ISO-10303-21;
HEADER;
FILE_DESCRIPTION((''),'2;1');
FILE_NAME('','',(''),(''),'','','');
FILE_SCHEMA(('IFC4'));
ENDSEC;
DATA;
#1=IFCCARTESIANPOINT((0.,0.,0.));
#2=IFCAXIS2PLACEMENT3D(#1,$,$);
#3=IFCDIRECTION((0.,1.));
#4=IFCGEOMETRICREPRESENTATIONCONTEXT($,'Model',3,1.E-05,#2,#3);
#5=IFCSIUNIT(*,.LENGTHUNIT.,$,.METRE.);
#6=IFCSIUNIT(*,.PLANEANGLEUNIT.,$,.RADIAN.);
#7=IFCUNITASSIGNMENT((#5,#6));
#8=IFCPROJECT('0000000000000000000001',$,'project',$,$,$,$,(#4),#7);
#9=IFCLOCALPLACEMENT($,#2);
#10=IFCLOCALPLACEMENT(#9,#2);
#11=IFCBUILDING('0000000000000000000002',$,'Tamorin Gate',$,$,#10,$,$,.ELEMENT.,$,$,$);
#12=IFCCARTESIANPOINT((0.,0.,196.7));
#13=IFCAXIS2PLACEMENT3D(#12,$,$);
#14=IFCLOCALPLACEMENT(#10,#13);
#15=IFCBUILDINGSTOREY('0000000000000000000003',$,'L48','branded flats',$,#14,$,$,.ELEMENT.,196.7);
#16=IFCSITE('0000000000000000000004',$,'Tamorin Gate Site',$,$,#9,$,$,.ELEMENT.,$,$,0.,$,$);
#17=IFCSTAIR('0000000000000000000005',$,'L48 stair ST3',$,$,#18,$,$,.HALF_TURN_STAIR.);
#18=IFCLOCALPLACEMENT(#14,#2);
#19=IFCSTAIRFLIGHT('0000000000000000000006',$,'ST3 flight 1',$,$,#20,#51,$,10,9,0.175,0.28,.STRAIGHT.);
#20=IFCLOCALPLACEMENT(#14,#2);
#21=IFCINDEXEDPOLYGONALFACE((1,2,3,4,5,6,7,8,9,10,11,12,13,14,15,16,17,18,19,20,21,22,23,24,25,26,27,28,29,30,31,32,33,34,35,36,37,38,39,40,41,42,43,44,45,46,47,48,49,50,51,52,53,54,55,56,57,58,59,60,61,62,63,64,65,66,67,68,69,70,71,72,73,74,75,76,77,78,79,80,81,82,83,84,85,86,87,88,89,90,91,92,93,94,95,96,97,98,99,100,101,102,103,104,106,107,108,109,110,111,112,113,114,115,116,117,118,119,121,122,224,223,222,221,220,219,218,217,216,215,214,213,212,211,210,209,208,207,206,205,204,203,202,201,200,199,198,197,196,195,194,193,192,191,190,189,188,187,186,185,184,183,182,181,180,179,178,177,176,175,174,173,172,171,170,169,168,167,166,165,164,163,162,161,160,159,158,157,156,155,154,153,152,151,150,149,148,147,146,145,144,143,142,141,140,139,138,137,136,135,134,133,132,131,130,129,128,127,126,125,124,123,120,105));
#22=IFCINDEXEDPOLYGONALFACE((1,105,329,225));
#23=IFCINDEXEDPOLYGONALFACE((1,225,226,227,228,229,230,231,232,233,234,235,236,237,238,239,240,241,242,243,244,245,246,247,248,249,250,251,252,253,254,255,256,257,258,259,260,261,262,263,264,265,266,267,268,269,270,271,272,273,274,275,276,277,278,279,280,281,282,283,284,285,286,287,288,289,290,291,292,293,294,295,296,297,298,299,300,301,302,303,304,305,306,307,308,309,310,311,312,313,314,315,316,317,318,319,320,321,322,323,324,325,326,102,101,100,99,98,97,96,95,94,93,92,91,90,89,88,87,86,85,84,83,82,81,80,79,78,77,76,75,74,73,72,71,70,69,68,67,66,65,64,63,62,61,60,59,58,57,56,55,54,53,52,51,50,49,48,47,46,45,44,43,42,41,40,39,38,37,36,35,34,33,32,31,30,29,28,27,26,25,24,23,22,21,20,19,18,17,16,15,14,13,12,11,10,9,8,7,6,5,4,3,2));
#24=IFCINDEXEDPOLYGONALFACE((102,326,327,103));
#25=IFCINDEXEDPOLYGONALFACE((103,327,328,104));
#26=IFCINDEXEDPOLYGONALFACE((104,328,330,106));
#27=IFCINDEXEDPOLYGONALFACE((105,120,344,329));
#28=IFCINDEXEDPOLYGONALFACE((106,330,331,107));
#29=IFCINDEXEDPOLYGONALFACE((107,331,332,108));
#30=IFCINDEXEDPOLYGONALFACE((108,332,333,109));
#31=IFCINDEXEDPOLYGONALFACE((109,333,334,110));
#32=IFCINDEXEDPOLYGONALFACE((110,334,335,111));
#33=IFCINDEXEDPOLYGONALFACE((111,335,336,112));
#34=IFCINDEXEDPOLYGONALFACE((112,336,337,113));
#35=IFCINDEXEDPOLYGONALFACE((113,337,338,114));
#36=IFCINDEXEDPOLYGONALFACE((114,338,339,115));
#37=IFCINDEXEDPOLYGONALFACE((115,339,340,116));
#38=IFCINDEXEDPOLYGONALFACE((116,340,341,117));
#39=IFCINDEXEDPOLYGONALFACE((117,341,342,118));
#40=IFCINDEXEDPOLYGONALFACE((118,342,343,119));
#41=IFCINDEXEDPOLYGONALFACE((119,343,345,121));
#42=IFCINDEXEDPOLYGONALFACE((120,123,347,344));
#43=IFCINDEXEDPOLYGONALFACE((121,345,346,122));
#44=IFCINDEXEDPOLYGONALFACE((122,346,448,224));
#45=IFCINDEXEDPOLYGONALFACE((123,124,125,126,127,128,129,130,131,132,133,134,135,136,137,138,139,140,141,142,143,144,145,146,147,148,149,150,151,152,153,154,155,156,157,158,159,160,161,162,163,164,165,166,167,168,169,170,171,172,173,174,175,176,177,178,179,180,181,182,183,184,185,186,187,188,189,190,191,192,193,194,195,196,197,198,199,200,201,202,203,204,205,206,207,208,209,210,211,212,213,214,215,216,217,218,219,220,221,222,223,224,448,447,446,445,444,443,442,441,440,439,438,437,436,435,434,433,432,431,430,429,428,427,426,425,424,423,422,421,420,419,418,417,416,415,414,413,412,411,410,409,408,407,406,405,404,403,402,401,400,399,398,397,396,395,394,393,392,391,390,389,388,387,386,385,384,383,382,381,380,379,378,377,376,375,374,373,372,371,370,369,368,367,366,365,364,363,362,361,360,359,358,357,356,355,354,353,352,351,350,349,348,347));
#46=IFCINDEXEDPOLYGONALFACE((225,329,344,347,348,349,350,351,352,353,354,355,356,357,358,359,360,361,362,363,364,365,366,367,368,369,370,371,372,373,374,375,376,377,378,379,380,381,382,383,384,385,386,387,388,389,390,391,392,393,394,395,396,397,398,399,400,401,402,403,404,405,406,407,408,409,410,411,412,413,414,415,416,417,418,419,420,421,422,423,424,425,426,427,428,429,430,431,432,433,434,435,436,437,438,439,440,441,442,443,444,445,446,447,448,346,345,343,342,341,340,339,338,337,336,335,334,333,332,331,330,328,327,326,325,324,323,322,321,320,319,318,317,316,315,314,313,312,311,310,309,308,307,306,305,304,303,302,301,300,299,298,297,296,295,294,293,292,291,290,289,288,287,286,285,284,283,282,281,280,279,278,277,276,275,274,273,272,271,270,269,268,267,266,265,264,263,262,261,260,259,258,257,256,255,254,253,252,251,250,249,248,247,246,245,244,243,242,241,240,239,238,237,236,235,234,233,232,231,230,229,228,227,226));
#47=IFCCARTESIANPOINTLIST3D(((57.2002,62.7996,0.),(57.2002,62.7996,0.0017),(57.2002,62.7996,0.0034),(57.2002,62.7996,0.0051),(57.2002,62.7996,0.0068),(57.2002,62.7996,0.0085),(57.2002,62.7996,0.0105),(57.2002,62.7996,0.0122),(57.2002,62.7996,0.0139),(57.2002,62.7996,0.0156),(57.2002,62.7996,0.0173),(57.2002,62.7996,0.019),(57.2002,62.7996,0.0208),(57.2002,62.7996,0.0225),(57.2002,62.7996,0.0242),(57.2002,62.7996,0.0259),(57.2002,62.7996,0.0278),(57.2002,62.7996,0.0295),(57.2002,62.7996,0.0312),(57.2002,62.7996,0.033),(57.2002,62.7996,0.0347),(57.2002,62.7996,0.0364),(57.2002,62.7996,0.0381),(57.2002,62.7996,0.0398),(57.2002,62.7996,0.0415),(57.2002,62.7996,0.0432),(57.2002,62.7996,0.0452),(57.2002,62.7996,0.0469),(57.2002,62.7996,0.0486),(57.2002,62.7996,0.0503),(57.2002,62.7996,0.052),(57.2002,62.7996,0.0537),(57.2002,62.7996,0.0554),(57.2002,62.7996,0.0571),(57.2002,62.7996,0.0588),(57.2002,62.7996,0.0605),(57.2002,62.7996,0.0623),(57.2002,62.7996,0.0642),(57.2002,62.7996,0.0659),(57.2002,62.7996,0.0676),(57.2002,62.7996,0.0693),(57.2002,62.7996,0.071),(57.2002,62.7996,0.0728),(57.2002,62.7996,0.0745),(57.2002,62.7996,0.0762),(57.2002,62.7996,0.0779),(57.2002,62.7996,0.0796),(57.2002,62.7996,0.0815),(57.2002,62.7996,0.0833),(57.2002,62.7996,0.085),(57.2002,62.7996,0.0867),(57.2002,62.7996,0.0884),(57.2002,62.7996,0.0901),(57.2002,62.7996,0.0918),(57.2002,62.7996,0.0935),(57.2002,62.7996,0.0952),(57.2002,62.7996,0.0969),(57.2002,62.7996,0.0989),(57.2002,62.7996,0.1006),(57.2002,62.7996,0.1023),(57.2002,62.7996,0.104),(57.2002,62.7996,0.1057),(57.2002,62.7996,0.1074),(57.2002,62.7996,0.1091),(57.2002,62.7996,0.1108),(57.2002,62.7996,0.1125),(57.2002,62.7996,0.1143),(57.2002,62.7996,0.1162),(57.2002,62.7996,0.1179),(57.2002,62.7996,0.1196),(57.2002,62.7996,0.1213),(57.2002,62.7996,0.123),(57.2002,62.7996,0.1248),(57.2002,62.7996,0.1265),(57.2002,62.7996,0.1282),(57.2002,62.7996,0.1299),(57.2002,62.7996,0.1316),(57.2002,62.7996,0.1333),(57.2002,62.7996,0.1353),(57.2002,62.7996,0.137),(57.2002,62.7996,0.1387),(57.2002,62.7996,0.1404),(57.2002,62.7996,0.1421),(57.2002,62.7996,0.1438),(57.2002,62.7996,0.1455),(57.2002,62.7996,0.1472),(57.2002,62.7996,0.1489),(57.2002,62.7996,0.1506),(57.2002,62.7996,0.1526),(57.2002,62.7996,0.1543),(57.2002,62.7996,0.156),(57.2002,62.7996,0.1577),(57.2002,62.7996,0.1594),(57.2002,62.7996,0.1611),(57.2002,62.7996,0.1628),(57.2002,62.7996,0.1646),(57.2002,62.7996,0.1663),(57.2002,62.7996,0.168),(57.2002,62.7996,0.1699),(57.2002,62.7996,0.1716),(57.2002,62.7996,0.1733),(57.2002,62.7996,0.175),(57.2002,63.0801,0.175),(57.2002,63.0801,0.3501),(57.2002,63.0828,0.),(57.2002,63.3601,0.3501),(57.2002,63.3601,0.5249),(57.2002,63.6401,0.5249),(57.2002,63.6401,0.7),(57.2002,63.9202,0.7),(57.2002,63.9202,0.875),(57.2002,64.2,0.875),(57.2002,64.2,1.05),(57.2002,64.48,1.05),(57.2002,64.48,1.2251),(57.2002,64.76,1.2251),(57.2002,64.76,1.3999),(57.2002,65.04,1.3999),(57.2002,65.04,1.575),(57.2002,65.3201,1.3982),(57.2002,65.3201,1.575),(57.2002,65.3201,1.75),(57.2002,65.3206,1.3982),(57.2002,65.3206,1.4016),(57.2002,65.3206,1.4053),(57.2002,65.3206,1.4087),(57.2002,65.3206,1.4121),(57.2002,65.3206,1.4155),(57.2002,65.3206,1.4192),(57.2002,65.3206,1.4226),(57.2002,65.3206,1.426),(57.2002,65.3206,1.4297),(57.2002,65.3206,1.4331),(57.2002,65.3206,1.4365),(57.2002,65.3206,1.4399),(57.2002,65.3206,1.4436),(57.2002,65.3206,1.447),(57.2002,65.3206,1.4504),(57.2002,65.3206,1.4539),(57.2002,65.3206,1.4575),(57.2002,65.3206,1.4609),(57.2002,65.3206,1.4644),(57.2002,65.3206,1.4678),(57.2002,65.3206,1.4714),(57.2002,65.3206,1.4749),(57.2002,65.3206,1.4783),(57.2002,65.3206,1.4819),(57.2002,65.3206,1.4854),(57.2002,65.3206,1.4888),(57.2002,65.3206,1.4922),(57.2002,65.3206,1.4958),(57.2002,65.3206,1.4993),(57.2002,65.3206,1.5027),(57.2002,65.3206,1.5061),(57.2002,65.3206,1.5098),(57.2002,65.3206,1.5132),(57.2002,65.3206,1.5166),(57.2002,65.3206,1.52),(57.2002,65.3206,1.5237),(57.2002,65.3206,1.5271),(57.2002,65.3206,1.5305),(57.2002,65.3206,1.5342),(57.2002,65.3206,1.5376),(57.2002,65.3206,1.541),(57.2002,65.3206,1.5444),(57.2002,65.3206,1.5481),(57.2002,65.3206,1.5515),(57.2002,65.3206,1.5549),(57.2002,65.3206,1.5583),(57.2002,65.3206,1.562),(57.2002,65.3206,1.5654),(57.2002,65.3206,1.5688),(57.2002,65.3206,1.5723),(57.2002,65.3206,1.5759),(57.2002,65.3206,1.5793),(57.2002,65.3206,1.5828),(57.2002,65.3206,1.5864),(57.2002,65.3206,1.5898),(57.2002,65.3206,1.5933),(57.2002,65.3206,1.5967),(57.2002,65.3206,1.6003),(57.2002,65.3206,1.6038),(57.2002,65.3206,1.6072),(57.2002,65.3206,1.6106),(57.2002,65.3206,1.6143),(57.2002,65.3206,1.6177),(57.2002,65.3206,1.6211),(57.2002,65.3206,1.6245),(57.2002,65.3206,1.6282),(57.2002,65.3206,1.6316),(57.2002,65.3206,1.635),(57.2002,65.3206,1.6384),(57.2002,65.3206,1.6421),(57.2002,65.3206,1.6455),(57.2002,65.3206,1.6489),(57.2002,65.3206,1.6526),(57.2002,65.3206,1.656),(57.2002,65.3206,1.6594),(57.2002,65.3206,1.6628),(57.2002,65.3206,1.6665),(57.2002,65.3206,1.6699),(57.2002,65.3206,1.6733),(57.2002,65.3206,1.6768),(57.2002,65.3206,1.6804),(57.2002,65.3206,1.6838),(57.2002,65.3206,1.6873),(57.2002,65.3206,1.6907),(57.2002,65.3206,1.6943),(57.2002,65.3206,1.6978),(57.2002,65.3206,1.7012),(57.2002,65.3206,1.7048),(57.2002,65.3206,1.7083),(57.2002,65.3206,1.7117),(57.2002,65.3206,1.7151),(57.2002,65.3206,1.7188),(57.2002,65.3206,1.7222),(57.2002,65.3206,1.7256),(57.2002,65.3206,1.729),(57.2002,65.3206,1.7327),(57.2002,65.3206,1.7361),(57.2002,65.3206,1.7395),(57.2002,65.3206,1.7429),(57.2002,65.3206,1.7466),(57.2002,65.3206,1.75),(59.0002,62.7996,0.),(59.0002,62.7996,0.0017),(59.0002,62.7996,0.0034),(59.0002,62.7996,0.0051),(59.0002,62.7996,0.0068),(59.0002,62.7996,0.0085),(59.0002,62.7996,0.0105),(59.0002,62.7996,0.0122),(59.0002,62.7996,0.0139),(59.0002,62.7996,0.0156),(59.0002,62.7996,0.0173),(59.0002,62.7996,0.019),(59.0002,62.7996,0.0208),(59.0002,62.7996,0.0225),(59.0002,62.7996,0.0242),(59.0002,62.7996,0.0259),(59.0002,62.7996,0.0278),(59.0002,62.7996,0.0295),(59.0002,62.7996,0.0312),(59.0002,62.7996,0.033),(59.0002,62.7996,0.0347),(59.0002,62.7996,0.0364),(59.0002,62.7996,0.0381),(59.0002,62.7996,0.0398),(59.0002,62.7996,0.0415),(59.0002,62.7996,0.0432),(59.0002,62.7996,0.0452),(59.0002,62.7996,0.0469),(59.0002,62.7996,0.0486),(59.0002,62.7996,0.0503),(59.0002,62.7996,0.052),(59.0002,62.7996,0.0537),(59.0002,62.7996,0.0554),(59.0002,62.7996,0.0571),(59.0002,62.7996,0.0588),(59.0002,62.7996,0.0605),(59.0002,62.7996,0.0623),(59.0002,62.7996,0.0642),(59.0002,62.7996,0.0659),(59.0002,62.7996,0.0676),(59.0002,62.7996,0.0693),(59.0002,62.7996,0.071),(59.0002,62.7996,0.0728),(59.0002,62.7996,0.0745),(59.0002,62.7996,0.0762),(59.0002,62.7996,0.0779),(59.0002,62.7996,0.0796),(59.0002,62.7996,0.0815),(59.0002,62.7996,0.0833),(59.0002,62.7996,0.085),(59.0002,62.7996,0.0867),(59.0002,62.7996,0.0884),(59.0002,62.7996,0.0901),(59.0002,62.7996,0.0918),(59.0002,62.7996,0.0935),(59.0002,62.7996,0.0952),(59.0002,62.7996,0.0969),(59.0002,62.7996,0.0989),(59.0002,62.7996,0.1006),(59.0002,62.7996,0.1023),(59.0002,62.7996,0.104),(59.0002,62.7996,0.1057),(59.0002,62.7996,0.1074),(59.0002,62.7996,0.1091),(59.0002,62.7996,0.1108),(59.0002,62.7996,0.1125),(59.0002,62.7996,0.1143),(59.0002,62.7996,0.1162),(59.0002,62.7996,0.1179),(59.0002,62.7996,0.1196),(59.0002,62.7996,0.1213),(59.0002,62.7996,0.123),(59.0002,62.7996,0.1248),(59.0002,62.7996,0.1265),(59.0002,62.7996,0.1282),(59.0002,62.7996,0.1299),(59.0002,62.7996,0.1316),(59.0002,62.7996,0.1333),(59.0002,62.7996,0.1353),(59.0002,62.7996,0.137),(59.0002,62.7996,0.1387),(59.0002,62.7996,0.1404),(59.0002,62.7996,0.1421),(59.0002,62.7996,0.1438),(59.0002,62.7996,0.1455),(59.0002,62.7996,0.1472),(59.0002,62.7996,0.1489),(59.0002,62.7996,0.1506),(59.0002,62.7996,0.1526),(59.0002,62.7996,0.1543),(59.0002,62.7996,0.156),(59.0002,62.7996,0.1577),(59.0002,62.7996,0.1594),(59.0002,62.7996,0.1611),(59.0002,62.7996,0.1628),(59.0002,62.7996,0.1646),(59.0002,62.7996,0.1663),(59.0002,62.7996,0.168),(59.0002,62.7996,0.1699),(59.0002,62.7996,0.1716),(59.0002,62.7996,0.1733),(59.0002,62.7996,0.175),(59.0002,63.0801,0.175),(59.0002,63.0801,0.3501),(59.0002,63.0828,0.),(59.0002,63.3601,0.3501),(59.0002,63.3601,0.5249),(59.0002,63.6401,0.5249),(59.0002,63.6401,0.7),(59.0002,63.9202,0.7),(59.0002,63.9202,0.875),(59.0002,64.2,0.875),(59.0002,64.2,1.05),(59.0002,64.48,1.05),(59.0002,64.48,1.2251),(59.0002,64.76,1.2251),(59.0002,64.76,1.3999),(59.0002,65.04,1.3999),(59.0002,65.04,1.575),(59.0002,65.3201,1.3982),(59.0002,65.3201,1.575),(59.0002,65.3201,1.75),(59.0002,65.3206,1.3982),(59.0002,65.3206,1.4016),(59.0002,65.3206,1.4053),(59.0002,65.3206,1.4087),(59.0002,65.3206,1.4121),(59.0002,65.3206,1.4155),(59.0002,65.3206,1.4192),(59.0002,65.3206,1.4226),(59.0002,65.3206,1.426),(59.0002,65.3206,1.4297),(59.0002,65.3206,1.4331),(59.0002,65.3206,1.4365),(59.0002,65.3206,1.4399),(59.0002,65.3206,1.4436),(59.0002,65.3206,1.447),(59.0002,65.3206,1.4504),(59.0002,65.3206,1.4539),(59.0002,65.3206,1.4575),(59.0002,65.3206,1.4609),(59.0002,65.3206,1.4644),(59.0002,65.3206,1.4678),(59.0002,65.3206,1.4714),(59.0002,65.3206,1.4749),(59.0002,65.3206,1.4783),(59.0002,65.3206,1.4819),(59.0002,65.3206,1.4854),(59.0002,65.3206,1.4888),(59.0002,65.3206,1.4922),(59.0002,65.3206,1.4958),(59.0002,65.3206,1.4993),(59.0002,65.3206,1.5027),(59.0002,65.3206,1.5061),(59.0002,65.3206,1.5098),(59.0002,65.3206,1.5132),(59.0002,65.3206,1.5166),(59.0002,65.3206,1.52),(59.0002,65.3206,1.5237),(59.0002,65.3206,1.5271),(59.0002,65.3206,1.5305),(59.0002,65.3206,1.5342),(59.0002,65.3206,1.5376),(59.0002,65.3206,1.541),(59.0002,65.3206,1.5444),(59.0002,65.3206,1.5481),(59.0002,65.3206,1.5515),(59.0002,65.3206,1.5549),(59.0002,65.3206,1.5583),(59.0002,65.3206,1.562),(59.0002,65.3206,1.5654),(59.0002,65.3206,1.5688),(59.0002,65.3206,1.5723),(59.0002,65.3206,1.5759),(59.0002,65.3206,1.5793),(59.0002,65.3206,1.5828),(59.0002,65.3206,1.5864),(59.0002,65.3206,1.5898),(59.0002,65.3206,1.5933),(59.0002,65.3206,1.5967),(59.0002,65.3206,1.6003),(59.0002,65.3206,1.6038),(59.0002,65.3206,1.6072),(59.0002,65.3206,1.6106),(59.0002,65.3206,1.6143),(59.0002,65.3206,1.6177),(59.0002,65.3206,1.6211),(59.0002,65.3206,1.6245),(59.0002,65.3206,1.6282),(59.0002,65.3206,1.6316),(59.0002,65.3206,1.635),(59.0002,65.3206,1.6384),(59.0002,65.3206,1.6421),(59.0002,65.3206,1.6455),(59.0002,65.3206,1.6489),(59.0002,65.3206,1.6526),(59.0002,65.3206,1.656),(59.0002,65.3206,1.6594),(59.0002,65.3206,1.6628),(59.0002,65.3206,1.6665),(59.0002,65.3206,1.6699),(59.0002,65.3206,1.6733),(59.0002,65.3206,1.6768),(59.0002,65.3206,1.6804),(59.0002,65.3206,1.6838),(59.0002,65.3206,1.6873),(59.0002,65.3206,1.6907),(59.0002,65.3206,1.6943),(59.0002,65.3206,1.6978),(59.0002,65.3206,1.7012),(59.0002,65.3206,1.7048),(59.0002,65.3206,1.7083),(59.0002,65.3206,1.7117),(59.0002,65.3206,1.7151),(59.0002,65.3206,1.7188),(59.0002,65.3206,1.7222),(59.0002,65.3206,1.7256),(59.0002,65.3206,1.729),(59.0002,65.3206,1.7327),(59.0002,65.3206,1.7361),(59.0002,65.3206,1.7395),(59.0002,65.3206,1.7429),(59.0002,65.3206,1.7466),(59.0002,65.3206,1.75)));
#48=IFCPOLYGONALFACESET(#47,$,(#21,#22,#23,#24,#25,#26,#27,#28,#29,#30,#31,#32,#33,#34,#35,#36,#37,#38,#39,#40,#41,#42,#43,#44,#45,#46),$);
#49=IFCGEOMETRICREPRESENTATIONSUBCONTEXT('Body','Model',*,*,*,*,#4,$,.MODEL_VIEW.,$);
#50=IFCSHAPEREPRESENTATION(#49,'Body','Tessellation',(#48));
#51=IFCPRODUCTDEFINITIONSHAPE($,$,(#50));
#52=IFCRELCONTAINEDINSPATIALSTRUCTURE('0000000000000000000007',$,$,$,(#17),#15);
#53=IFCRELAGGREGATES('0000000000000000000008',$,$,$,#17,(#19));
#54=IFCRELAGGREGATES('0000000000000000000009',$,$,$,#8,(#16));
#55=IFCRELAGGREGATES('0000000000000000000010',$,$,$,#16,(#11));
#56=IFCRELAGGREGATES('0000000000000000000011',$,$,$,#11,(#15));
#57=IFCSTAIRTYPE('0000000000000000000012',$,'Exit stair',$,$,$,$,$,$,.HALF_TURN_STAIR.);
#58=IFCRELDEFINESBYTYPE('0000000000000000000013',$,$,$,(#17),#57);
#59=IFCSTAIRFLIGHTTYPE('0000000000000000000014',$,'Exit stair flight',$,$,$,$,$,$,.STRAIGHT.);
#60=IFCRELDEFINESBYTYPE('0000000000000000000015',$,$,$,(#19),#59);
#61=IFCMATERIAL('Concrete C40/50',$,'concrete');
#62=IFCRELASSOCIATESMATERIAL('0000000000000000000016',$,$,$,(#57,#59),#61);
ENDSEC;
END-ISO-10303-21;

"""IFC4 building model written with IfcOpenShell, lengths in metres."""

from ifc_helpers import new_model, si_unit, direction, frame, origin, place, context, subcontext, project, spatial, polyline, outline, extrude, material, type_object, element, aggregate, save


model = new_model("IFC4")

# Units and contexts
model_context = context("Model", 3, precision=1e-05, world=origin(), true_north=direction((0.0, 1.0)))
body_context = subcontext(model_context, "Body", "Model", "MODEL_VIEW")
ifc_project = project(units=[si_unit("LENGTHUNIT", "METRE"), si_unit("PLANEANGLEUNIT", "RADIAN")], contexts=[model_context])

# Site, building, storey
site_placement = place(None, origin())
site = spatial("IfcSite", under=ifc_project, at=site_placement, Name="Tamorin Gate Site", CompositionType="ELEMENT", RefElevation=0.0)
building_placement = place(site_placement, origin())
building = spatial("IfcBuilding", under=site, at=building_placement, Name="Tamorin Gate", CompositionType="ELEMENT")
storey_placement = place(building_placement, frame((0.0, 0.0, 196.7)))
storey = spatial("IfcBuildingStorey", under=building, at=storey_placement, Name="L48", Description="branded flats", CompositionType="ELEMENT", Elevation=196.7)

# Stair, stair flight
ifc_material_1 = material(Name="Concrete C40/50", Category="concrete")
stair_type = type_object("IfcStairType", Name="Exit stair", PredefinedType="HALF_TURN_STAIR", material=ifc_material_1)
stair_placement = place(storey_placement, origin())
stair = element("IfcStair", 1, at=stair_placement, inside=storey, type_object=stair_type, Name="L48 stair ST3", PredefinedType="HALF_TURN_STAIR")
stair_flight_type = type_object("IfcStairFlightType", Name="Exit stair flight", PredefinedType="STRAIGHT", material=ifc_material_1)
stair_flight_1_placement = place(storey_placement, frame((58.1001, 62.8, 0.0), z_axis=(0.0, 0.0, 1.0), x_axis=(0.0, 1.0, 0.0)))
stair_flight_1 = element("IfcStairFlight", 2, at=stair_flight_1_placement, type_object=stair_flight_type, Name="ST3 flight 1", NumberOfRisers=10, NumberOfTreads=9, PredefinedType="STRAIGHT", RiserHeight=0.175, TreadLength=0.28, context=body_context, shape_type="SweptSolid", body=[
    extrude(outline(polyline([(-0.0005, 0.0), (-0.0005, 0.0017), (-0.0005, 0.0034), (-0.0005, 0.0051), (-0.0005, 0.0068), (-0.0005, 0.0085), (-0.0005, 0.0105), (-0.0005, 0.0122), (-0.0005, 0.0139), (-0.0005, 0.0156), (-0.0005, 0.0173), (-0.0005, 0.019), (-0.0005, 0.0208), (-0.0005, 0.0225), (-0.0005, 0.0242), (-0.0005, 0.0259), (-0.0005, 0.0278), (-0.0005, 0.0295), (-0.0005, 0.0312), (-0.0005, 0.033), (-0.0005, 0.0347), (-0.0005, 0.0364), (-0.0005, 0.0381), (-0.0005, 0.0398), (-0.0005, 0.0415), (-0.0005, 0.0432), (-0.0005, 0.0452), (-0.0005, 0.0469), (-0.0005, 0.0486), (-0.0005, 0.0503), (-0.0005, 0.052), (-0.0005, 0.0537), (-0.0005, 0.0554), (-0.0005, 0.0571), (-0.0005, 0.0588), (-0.0005, 0.0605), (-0.0005, 0.0623), (-0.0005, 0.0642), (-0.0005, 0.0659), (-0.0005, 0.0676), (-0.0005, 0.0693), (-0.0005, 0.071), (-0.0005, 0.0728), (-0.0005, 0.0745), (-0.0005, 0.0762), (-0.0005, 0.0779), (-0.0005, 0.0796), (-0.0005, 0.0815), (-0.0005, 0.0833), (-0.0005, 0.085), (-0.0005, 0.0867), (-0.0005, 0.0884), (-0.0005, 0.0901), (-0.0005, 0.0918), (-0.0005, 0.0935), (-0.0005, 0.0952), (-0.0005, 0.0969), (-0.0005, 0.0989), (-0.0005, 0.1006), (-0.0005, 0.1023), (-0.0005, 0.104), (-0.0005, 0.1057), (-0.0005, 0.1074), (-0.0005, 0.1091), (-0.0005, 0.1108), (-0.0005, 0.1125), (-0.0005, 0.1143), (-0.0005, 0.1162), (-0.0005, 0.1179), (-0.0005, 0.1196), (-0.0005, 0.1213), (-0.0005, 0.123), (-0.0005, 0.1248), (-0.0005, 0.1265), (-0.0005, 0.1282), (-0.0005, 0.1299), (-0.0005, 0.1316), (-0.0005, 0.1333), (-0.0005, 0.1353), (-0.0005, 0.137), (-0.0005, 0.1387), (-0.0005, 0.1404), (-0.0005, 0.1421), (-0.0005, 0.1438), (-0.0005, 0.1455), (-0.0005, 0.1472), (-0.0005, 0.1489), (-0.0005, 0.1506), (-0.0005, 0.1526), (-0.0005, 0.1543), (-0.0005, 0.156), (-0.0005, 0.1577), (-0.0005, 0.1594), (-0.0005, 0.1611), (-0.0005, 0.1628), (-0.0005, 0.1646), (-0.0005, 0.1663), (-0.0005, 0.168), (-0.0005, 0.1699), (-0.0005, 0.1716), (-0.0005, 0.1733), (-0.0005, 0.175), (0.28, 0.175), (0.28, 0.3501), (0.5601, 0.3501), (0.5601, 0.5249), (0.8401, 0.5249), (0.8401, 0.7), (1.1201, 0.7), (1.1201, 0.875), (1.3999, 0.875), (1.3999, 1.05), (1.6799, 1.05), (1.6799, 1.2251), (1.96, 1.2251), (1.96, 1.3999), (2.24, 1.3999), (2.24, 1.575), (2.52, 1.575), (2.52, 1.75), (2.5205, 1.75), (2.5205, 1.7466), (2.5205, 1.7429), (2.5205, 1.7395), (2.5205, 1.7361), (2.5205, 1.7327), (2.5205, 1.729), (2.5205, 1.7256), (2.5205, 1.7222), (2.5205, 1.7188), (2.5205, 1.7151), (2.5205, 1.7117), (2.5205, 1.7083), (2.5205, 1.7048), (2.5205, 1.7012), (2.5205, 1.6978), (2.5205, 1.6943), (2.5205, 1.6907), (2.5205, 1.6873), (2.5205, 1.6838), (2.5205, 1.6804), (2.5205, 1.6768), (2.5205, 1.6733), (2.5205, 1.6699), (2.5205, 1.6665), (2.5205, 1.6628), (2.5205, 1.6594), (2.5205, 1.656), (2.5205, 1.6526), (2.5205, 1.6489), (2.5205, 1.6455), (2.5205, 1.6421), (2.5205, 1.6384), (2.5205, 1.635), (2.5205, 1.6316), (2.5205, 1.6282), (2.5205, 1.6245), (2.5205, 1.6211), (2.5205, 1.6177), (2.5205, 1.6143), (2.5205, 1.6106), (2.5205, 1.6072), (2.5205, 1.6038), (2.5205, 1.6003), (2.5205, 1.5967), (2.5205, 1.5933), (2.5205, 1.5898), (2.5205, 1.5864), (2.5205, 1.5828), (2.5205, 1.5793), (2.5205, 1.5759), (2.5205, 1.5723), (2.5205, 1.5688), (2.5205, 1.5654), (2.5205, 1.562), (2.5205, 1.5583), (2.5205, 1.5549), (2.5205, 1.5515), (2.5205, 1.5481), (2.5205, 1.5444), (2.5205, 1.541), (2.5205, 1.5376), (2.5205, 1.5342), (2.5205, 1.5305), (2.5205, 1.5271), (2.5205, 1.5237), (2.5205, 1.52), (2.5205, 1.5166), (2.5205, 1.5132), (2.5205, 1.5098), (2.5205, 1.5061), (2.5205, 1.5027), (2.5205, 1.4993), (2.5205, 1.4958), (2.5205, 1.4922), (2.5205, 1.4888), (2.5205, 1.4854), (2.5205, 1.4819), (2.5205, 1.4783), (2.5205, 1.4749), (2.5205, 1.4714), (2.5205, 1.4678), (2.5205, 1.4644), (2.5205, 1.4609), (2.5205, 1.4575), (2.5205, 1.4539), (2.5205, 1.4504), (2.5205, 1.447), (2.5205, 1.4436), (2.5205, 1.4399), (2.5205, 1.4365), (2.5205, 1.4331), (2.5205, 1.4297), (2.5205, 1.426), (2.5205, 1.4226), (2.5205, 1.4192), (2.5205, 1.4155), (2.5205, 1.4121), (2.5205, 1.4087), (2.5205, 1.4053), (2.5205, 1.4016), (2.5205, 1.3982), (2.52, 1.3982), (0.2827, 0.0), (-0.0005, 0.0)])), frame((0.0, 0.8999, 0.0), z_axis=(0.0, -1.0, 0.0), x_axis=(1.0, 0.0, 0.0)), (0.0, 0.0, 1.0), 1.8),
])
aggregate(stair, [stair_flight_1])

save(model, "model.ifc")
